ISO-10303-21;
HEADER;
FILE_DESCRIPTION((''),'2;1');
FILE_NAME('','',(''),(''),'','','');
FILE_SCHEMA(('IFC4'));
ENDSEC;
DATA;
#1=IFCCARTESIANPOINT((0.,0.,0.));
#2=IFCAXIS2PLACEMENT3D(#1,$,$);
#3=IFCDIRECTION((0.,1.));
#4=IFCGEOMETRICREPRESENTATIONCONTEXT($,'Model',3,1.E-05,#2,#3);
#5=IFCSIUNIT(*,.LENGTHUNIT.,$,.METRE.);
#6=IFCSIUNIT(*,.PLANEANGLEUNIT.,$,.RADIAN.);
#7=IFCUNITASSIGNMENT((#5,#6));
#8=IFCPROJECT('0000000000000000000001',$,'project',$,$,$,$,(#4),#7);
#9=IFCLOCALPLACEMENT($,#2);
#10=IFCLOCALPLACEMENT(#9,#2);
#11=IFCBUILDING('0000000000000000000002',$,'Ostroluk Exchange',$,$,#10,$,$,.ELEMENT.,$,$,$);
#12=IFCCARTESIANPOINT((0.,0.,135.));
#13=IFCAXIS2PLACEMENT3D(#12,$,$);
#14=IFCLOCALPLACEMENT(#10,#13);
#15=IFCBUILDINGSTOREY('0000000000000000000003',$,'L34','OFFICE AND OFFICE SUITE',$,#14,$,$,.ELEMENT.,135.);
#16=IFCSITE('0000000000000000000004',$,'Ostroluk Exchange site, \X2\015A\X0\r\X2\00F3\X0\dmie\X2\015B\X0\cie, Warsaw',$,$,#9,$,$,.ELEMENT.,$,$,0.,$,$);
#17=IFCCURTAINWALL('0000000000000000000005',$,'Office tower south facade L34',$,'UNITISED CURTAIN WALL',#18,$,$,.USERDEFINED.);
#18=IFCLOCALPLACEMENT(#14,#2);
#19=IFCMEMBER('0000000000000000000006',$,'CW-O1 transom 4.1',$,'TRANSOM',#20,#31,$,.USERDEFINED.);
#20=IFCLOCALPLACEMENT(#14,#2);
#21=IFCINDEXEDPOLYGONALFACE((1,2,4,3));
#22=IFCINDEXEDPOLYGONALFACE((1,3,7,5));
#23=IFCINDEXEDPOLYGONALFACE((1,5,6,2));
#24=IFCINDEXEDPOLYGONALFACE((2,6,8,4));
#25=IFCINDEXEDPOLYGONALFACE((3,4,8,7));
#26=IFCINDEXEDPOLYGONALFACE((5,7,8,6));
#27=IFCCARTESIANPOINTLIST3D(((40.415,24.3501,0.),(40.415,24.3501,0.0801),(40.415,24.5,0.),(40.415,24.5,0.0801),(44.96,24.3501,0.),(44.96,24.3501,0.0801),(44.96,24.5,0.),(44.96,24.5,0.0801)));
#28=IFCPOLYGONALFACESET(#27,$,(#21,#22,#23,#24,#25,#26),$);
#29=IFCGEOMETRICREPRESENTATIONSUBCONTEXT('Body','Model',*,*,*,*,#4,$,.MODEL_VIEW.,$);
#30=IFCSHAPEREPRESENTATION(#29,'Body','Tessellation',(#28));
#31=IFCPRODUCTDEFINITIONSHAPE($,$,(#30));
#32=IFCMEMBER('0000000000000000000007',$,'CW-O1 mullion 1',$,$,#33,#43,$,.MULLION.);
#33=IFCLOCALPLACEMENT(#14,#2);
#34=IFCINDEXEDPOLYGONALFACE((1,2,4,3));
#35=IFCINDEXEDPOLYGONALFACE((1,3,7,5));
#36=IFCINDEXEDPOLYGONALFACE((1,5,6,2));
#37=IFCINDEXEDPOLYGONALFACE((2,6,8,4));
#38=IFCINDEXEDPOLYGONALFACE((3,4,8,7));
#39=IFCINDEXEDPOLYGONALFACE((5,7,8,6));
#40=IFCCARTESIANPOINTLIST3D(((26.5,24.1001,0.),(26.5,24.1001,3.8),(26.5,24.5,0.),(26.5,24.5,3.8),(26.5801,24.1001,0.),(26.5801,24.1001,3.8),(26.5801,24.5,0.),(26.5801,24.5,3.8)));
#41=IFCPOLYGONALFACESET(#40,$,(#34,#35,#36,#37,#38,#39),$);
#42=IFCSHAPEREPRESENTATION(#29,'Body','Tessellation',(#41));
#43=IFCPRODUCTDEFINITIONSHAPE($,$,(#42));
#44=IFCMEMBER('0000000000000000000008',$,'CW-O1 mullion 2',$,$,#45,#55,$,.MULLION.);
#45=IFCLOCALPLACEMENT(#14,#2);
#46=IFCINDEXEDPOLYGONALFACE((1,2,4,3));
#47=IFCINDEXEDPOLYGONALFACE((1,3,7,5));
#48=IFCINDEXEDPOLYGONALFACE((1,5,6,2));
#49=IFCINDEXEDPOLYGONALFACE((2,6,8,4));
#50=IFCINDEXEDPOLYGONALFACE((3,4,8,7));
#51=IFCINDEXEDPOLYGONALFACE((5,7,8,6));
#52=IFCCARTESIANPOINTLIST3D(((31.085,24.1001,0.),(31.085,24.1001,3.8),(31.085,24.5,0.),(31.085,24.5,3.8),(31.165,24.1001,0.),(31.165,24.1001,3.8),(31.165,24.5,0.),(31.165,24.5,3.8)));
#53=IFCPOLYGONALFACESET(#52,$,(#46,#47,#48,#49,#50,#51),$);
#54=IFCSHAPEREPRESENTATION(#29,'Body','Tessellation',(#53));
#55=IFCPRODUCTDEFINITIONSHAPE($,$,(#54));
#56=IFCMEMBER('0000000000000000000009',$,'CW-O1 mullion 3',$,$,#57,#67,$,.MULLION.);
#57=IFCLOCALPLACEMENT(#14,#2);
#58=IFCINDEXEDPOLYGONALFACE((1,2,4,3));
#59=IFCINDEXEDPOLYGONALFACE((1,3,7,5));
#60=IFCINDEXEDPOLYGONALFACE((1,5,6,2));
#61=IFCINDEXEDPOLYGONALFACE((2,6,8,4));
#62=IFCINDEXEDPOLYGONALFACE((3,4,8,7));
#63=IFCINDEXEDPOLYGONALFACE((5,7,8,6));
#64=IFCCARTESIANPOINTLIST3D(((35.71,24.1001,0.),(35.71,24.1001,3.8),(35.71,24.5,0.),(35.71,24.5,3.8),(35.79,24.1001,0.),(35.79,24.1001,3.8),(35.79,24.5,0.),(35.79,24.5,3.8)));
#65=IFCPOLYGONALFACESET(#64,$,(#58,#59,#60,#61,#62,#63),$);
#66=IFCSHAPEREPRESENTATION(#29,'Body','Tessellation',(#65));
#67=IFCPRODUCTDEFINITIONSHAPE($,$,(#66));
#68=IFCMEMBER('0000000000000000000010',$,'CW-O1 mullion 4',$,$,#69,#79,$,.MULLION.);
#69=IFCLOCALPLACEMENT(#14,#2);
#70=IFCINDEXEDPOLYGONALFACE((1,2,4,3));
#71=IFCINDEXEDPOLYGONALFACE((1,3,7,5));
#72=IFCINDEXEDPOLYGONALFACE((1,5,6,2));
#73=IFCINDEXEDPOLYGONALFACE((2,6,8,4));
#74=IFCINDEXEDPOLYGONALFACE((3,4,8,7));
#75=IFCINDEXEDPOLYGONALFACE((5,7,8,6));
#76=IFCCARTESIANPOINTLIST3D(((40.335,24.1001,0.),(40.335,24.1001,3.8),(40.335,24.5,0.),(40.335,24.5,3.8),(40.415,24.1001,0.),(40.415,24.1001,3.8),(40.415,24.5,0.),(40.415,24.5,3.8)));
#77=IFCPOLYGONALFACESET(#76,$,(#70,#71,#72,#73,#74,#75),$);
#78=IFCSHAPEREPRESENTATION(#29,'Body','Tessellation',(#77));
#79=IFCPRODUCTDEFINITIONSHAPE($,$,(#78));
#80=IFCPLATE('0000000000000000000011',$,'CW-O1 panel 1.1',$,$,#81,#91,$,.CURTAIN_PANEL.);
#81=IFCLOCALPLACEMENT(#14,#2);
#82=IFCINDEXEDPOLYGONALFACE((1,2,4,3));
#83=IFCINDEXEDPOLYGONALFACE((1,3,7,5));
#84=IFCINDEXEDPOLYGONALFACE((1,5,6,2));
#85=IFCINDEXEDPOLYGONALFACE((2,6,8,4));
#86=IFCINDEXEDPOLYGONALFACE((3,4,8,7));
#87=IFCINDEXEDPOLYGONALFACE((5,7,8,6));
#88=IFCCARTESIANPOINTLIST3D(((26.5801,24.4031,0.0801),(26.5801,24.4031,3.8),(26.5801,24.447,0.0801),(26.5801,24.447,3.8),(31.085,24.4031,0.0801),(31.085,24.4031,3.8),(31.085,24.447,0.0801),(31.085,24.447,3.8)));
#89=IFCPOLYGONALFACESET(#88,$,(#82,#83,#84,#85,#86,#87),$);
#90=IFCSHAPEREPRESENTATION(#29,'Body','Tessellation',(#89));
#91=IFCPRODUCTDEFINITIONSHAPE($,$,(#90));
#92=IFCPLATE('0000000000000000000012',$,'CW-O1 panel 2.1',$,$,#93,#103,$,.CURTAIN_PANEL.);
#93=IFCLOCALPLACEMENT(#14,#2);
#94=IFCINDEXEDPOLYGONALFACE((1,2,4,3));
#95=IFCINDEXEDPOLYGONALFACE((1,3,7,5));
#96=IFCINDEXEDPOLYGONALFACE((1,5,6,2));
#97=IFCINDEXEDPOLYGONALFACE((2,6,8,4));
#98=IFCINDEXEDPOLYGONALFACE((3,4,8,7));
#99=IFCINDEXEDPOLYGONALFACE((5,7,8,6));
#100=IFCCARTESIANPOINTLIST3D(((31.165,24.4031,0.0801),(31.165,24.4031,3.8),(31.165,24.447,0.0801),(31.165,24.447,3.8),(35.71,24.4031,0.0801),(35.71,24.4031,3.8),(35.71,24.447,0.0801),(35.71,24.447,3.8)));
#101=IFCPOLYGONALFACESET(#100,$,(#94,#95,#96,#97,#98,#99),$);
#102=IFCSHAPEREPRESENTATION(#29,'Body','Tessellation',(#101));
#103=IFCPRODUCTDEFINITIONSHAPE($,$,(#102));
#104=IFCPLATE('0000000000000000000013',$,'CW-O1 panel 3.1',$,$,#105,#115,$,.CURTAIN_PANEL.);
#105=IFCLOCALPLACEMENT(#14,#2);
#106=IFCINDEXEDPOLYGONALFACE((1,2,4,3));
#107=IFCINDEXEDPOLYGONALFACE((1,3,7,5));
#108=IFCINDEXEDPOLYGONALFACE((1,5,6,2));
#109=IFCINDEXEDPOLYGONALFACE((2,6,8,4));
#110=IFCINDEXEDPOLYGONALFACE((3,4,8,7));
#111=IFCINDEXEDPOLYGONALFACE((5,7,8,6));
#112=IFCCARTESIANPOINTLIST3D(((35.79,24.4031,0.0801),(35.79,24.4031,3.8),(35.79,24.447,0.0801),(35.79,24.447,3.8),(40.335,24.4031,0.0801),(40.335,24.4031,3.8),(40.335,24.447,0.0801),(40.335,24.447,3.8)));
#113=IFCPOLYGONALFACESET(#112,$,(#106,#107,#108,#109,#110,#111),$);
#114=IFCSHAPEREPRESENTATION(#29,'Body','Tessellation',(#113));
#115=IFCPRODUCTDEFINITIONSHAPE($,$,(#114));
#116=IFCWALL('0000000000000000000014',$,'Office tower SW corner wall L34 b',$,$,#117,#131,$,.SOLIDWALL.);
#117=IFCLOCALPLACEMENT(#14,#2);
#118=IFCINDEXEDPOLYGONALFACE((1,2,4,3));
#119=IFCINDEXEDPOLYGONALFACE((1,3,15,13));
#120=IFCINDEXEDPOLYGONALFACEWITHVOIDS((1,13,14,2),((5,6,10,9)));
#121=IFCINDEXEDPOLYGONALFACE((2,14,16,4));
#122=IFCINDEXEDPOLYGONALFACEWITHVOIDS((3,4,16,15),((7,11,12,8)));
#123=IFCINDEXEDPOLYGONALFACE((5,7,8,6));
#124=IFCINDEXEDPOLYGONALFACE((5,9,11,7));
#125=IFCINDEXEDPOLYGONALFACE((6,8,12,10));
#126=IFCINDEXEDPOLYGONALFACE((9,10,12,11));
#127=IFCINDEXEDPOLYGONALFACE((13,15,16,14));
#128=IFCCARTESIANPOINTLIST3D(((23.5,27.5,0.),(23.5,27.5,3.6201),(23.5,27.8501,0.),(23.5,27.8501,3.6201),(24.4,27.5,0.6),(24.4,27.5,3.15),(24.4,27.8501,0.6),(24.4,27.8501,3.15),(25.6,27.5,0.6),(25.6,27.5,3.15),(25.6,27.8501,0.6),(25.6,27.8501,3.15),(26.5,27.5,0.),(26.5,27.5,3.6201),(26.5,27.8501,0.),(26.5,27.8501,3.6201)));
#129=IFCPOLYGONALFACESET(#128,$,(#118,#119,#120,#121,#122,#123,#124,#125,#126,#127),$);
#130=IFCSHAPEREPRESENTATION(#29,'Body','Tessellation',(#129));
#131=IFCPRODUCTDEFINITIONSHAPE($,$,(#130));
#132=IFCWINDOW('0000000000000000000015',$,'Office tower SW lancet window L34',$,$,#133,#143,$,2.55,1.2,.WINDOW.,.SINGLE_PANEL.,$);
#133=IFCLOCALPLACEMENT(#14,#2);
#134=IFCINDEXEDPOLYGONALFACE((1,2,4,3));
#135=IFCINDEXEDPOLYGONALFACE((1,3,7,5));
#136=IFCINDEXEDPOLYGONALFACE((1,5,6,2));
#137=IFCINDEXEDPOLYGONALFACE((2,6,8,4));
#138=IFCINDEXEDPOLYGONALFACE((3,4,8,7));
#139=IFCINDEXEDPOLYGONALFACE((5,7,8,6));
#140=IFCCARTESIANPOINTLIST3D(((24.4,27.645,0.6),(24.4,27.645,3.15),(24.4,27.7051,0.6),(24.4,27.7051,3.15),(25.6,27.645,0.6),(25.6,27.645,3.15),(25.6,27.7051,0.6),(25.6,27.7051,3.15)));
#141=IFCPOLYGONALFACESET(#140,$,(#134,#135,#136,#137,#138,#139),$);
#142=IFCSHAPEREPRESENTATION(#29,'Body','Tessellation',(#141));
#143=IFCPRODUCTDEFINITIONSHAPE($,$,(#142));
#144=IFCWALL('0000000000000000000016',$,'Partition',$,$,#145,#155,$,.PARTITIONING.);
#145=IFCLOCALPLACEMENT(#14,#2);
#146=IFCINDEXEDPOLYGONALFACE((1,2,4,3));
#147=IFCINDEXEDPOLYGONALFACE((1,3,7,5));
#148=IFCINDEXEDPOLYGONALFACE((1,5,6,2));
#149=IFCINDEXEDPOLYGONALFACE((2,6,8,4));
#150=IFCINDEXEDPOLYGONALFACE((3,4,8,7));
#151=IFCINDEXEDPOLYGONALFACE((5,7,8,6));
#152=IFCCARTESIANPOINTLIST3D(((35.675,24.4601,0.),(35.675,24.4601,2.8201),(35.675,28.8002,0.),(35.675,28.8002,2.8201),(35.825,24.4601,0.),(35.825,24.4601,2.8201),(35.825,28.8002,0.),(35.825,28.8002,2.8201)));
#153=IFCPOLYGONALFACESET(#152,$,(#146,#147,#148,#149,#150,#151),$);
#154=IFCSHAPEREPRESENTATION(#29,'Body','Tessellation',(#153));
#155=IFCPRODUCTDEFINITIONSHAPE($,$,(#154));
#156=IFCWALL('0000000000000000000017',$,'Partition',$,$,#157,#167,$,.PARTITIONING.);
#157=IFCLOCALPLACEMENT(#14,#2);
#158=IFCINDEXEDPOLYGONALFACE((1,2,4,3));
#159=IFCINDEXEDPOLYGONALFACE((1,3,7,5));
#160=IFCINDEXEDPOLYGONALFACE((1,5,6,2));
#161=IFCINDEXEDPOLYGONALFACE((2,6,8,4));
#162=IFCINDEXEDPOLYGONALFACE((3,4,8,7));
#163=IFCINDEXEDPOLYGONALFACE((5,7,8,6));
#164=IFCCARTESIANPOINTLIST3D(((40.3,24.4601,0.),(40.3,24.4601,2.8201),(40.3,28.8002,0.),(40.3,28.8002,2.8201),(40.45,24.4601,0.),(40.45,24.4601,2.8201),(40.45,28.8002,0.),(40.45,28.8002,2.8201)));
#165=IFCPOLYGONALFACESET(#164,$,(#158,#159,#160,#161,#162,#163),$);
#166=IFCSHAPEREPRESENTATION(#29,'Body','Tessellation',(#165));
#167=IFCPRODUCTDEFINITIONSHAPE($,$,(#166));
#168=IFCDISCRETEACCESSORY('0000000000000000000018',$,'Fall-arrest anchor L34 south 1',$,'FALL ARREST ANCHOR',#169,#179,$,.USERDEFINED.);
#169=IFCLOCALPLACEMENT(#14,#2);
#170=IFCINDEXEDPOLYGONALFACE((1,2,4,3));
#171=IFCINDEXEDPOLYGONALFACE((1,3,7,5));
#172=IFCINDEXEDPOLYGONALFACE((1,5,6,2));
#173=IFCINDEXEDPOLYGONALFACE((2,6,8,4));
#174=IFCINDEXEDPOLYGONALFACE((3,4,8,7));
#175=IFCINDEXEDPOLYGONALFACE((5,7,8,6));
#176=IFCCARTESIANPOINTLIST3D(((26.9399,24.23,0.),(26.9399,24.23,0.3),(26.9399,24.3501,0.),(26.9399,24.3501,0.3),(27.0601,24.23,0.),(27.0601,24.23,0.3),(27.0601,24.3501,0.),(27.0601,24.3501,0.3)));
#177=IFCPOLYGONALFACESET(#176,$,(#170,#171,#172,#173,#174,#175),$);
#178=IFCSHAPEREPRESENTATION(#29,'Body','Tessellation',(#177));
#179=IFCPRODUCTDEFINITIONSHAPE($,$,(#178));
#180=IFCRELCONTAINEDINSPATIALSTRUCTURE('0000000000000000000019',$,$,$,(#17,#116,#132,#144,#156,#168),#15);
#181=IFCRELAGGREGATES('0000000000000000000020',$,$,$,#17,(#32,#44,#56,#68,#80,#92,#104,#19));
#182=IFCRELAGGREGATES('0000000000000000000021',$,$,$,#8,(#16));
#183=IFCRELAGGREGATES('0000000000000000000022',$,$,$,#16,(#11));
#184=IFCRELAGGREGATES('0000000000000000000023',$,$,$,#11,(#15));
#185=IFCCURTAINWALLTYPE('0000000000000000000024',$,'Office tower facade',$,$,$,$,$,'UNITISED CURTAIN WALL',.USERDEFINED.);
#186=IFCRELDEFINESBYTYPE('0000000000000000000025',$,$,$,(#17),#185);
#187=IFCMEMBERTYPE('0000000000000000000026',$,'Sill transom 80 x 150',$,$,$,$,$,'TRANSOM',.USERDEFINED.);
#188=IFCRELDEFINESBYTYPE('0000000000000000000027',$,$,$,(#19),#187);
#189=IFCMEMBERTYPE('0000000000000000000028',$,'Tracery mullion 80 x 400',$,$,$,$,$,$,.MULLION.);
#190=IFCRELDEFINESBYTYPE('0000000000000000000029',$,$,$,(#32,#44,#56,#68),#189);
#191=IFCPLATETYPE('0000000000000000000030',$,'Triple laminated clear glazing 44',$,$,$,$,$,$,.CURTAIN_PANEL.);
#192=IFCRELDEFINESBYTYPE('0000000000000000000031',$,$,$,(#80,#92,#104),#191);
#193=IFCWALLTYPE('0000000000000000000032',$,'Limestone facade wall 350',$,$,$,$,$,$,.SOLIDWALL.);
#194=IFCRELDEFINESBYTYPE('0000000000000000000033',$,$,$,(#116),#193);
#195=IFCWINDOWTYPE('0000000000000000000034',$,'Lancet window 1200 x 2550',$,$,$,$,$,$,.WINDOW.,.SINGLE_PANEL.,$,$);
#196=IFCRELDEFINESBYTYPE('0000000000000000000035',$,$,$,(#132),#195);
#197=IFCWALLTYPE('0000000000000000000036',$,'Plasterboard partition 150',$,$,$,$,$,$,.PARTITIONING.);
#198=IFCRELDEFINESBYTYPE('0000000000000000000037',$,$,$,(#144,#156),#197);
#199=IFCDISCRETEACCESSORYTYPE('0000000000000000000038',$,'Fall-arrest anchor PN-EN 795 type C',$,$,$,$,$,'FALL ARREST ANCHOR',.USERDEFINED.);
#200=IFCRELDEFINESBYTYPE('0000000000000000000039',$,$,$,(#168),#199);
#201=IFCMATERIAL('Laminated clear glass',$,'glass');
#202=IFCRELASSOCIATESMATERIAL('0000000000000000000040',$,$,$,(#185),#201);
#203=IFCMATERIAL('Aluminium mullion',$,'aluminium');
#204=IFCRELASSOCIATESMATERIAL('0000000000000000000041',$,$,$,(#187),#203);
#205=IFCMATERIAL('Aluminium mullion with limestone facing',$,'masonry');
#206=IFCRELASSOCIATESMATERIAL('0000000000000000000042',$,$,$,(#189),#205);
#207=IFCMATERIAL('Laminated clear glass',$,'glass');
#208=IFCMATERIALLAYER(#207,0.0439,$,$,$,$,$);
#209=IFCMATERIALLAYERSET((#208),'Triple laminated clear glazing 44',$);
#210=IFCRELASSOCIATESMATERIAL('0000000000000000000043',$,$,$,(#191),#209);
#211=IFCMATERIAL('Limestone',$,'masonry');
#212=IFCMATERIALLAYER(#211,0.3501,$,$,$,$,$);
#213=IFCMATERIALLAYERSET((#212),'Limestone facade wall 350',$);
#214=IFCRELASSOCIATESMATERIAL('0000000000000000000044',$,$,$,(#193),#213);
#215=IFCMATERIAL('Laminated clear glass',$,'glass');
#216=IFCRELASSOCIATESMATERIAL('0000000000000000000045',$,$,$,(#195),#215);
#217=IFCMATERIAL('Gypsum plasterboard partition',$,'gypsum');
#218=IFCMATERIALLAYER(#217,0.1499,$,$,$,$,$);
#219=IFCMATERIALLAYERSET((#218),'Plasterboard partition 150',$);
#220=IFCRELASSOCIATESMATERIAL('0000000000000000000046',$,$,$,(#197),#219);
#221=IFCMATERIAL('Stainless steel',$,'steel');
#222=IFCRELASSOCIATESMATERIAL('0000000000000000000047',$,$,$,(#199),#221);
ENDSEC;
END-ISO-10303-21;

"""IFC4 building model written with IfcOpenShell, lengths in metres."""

from ifc_helpers import new_model, si_unit, direction, frame, frame_2d, origin, origin_2d, place, context, subcontext, project, spatial, rectangle, extrude, material, layer, layer_set, material_profile, profile_set, type_object, element, fill, aggregate, save


model = new_model("IFC4")

# Units and contexts
model_context = context("Model", 3, precision=1e-05, world=origin(), true_north=direction((0.0, 1.0)))
body_context = subcontext(model_context, "Body", "Model", "MODEL_VIEW")
ifc_project = project(units=[si_unit("LENGTHUNIT", "METRE"), si_unit("PLANEANGLEUNIT", "RADIAN")], contexts=[model_context])

# Site, building, storey
site_placement = place(None, origin())
site = spatial("IfcSite", under=ifc_project, at=site_placement, Name="Ostroluk Exchange site, Śródmieście, Warsaw", CompositionType="ELEMENT", RefElevation=0.0)
building_placement = place(site_placement, origin())
building = spatial("IfcBuilding", under=site, at=building_placement, Name="Ostroluk Exchange", CompositionType="ELEMENT")
storey_placement = place(building_placement, frame((0.0, 0.0, 135.0)))
storey = spatial("IfcBuildingStorey", under=building, at=storey_placement, Name="L34", Description="OFFICE AND OFFICE SUITE", CompositionType="ELEMENT", Elevation=135.0)

# Curtain wall, members, plates
ifc_material_1 = material(Name="Laminated clear glass", Category="glass")
curtain_wall_type = type_object("IfcCurtainWallType", Name="Office tower facade", ElementType="UNITISED CURTAIN WALL", PredefinedType="USERDEFINED", material=ifc_material_1)
curtain_wall_placement = place(storey_placement, origin())
curtain_wall = element("IfcCurtainWall", 1, at=curtain_wall_placement, inside=storey, type_object=curtain_wall_type, Name="Office tower south facade L34", ObjectType="UNITISED CURTAIN WALL", PredefinedType="USERDEFINED")
ifc_material_2 = material(Name="Aluminium mullion", Category="aluminium")
ifc_material_profile_1 = material_profile(ifc_material_2, rectangle(XDim=0.1499, YDim=0.0801, at=origin_2d()), Name="Sill transom 80 x 150")
ifc_profile_set_1 = profile_set([ifc_material_profile_1], Name="Aluminium mullion")
member_type_1 = type_object("IfcMemberType", Name="Sill transom 80 x 150", ElementType="TRANSOM", PredefinedType="USERDEFINED", material=ifc_profile_set_1)
member_1_placement = place(storey_placement, frame((40.415, 24.425, 0.04), z_axis=(1.0, 0.0, 0.0), x_axis=(0.0, 1.0, 0.0)))
member_1 = element("IfcMember", 2, at=member_1_placement, type_object=member_type_1, Name="CW-O1 transom 4.1", ObjectType="TRANSOM", PredefinedType="USERDEFINED", context=body_context, shape_type="SweptSolid", body=[
    extrude(rectangle(XDim=0.1499, YDim=0.0801, at=origin_2d()), origin(), (0.0, 0.0, 1.0), 4.5449),
])
ifc_material_3 = material(Name="Aluminium mullion with limestone facing", Category="masonry")
ifc_material_profile_2 = material_profile(ifc_material_3, rectangle(XDim=0.3999, YDim=0.0801, at=origin_2d()), Name="Tracery mullion 80 x 400")
ifc_profile_set_2 = profile_set([ifc_material_profile_2], Name="Aluminium mullion with limestone facing")
member_type_2 = type_object("IfcMemberType", Name="Tracery mullion 80 x 400", PredefinedType="MULLION", material=ifc_profile_set_2)
member_2_placement = place(storey_placement, frame((26.54, 24.3, 0.0), z_axis=(0.0, 0.0, 1.0), x_axis=(0.0, 1.0, 0.0)))
member_2 = element("IfcMember", 3, at=member_2_placement, type_object=member_type_2, Name="CW-O1 mullion 1", PredefinedType="MULLION", context=body_context, shape_type="SweptSolid", body=[
    extrude(rectangle(XDim=0.3999, YDim=0.0801, at=origin_2d()), origin(), (0.0, 0.0, 1.0), 3.8),
])
member_3_placement = place(storey_placement, frame((31.125, 24.3, 0.0), z_axis=(0.0, 0.0, 1.0), x_axis=(0.0, 1.0, 0.0)))
member_3 = element("IfcMember", 4, at=member_3_placement, type_object=member_type_2, Name="CW-O1 mullion 2", PredefinedType="MULLION", context=body_context, shape_type="SweptSolid", body=[
    extrude(rectangle(XDim=0.3999, YDim=0.0801, at=origin_2d()), origin(), (0.0, 0.0, 1.0), 3.8),
])
member_4_placement = place(storey_placement, frame((35.75, 24.3, 0.0), z_axis=(0.0, 0.0, 1.0), x_axis=(0.0, 1.0, 0.0)))
member_4 = element("IfcMember", 5, at=member_4_placement, type_object=member_type_2, Name="CW-O1 mullion 3", PredefinedType="MULLION", context=body_context, shape_type="SweptSolid", body=[
    extrude(rectangle(XDim=0.3999, YDim=0.0801, at=origin_2d()), origin(), (0.0, 0.0, 1.0), 3.8),
])
member_5_placement = place(storey_placement, frame((40.375, 24.3, 0.0), z_axis=(0.0, 0.0, 1.0), x_axis=(0.0, 1.0, 0.0)))
member_5 = element("IfcMember", 6, at=member_5_placement, type_object=member_type_2, Name="CW-O1 mullion 4", PredefinedType="MULLION", context=body_context, shape_type="SweptSolid", body=[
    extrude(rectangle(XDim=0.3999, YDim=0.0801, at=origin_2d()), origin(), (0.0, 0.0, 1.0), 3.8),
])
ifc_material_4 = material(Name="Laminated clear glass", Category="glass")
ifc_layer_1 = layer(ifc_material_4, 0.0439)
ifc_layer_set_1 = layer_set([ifc_layer_1], Name="Triple laminated clear glazing 44")
plate_type = type_object("IfcPlateType", Name="Triple laminated clear glazing 44", PredefinedType="CURTAIN_PANEL", material=ifc_layer_set_1)
plate_1_placement = place(storey_placement, frame((28.8325, 24.425, 0.0801), z_axis=(0.0, 0.0, 1.0), x_axis=(1.0, 0.0, 0.0)))
plate_1 = element("IfcPlate", 7, at=plate_1_placement, type_object=plate_type, Name="CW-O1 panel 1.1", PredefinedType="CURTAIN_PANEL", context=body_context, shape_type="SweptSolid", body=[
    extrude(rectangle(XDim=4.5049, YDim=0.0439, at=origin_2d()), origin(), (0.0, 0.0, 1.0), 3.72),
])
plate_2_placement = place(storey_placement, frame((33.4375, 24.425, 0.0801), z_axis=(0.0, 0.0, 1.0), x_axis=(1.0, 0.0, 0.0)))
plate_2 = element("IfcPlate", 8, at=plate_2_placement, type_object=plate_type, Name="CW-O1 panel 2.1", PredefinedType="CURTAIN_PANEL", context=body_context, shape_type="SweptSolid", body=[
    extrude(rectangle(XDim=4.5449, YDim=0.0439, at=origin_2d()), origin(), (0.0, 0.0, 1.0), 3.72),
])
plate_3_placement = place(storey_placement, frame((38.0625, 24.425, 0.0801), z_axis=(0.0, 0.0, 1.0), x_axis=(1.0, 0.0, 0.0)))
plate_3 = element("IfcPlate", 9, at=plate_3_placement, type_object=plate_type, Name="CW-O1 panel 3.1", PredefinedType="CURTAIN_PANEL", context=body_context, shape_type="SweptSolid", body=[
    extrude(rectangle(XDim=4.5449, YDim=0.0439, at=origin_2d()), origin(), (0.0, 0.0, 1.0), 3.72),
])
aggregate(curtain_wall, [member_2, member_3, member_4, member_5, plate_1, plate_2, plate_3, member_1])

# Shared definitions
ifc_material_5 = material(Name="Limestone", Category="masonry")
ifc_layer_2 = layer(ifc_material_5, 0.3501)
ifc_layer_set_2 = layer_set([ifc_layer_2], Name="Limestone facade wall 350")
wall_type_1 = type_object("IfcWallType", Name="Limestone facade wall 350", PredefinedType="SOLIDWALL", material=ifc_layer_set_2)

# Wall, opening, window
wall_1_placement = place(storey_placement, frame((26.5, 27.675, 0.0), z_axis=(0.0, 0.0, 1.0), x_axis=(-1.0, 0.0, 0.0)))
wall_1 = element("IfcWall", 10, at=wall_1_placement, inside=storey, type_object=wall_type_1, Name="Office tower SW corner wall L34 b", PredefinedType="SOLIDWALL", context=body_context, shape_type="SweptSolid", body=[
    extrude(rectangle(XDim=3.0, YDim=0.3501, at=frame_2d((1.5, 0.0))), origin(), (0.0, 0.0, 1.0), 3.6201),
])
opening_1_placement = place(wall_1_placement, frame((0.8999, 0.0, 0.6001)))
opening_1 = element("IfcOpeningElement", 11, at=opening_1_placement, cuts=wall_1, PredefinedType="OPENING", context=body_context, shape_type="SweptSolid", body=[
    extrude(rectangle(XDim=1.2, YDim=2.55, at=frame_2d((0.6001, 1.2749))), frame((0.0, 0.1851, 0.0), z_axis=(0.0, -1.0, 0.0), x_axis=(1.0, 0.0, 0.0)), (0.0, 0.0, 1.0), 0.3701),
])
ifc_material_6 = material(Name="Laminated clear glass", Category="glass")
window_type = type_object("IfcWindowType", Name="Lancet window 1200 x 2550", PartitioningType="SINGLE_PANEL", PredefinedType="WINDOW", material=ifc_material_6)
window_placement = place(opening_1_placement, origin())
window = element("IfcWindow", 12, at=window_placement, inside=storey, type_object=window_type, Name="Office tower SW lancet window L34", OverallHeight=2.55, OverallWidth=1.2, PartitioningType="SINGLE_PANEL", PredefinedType="WINDOW", context=body_context, shape_type="SweptSolid", body=[
    extrude(rectangle(XDim=1.2, YDim=2.55, at=frame_2d((0.6001, 1.2749))), frame((0.0, 0.03, 0.0), z_axis=(0.0, -1.0, 0.0), x_axis=(1.0, 0.0, 0.0)), (0.0, 0.0, 1.0), 0.0601),
])
fill(opening_1, window)

# Walls
ifc_material_7 = material(Name="Gypsum plasterboard partition", Category="gypsum")
ifc_layer_3 = layer(ifc_material_7, 0.1499)
ifc_layer_set_3 = layer_set([ifc_layer_3], Name="Plasterboard partition 150")
wall_type_2 = type_object("IfcWallType", Name="Plasterboard partition 150", PredefinedType="PARTITIONING", material=ifc_layer_set_3)
for number, where, z_axis, x_axis, name in (
    (13, (35.75, 28.8, 0.0), (0.0, 0.0, 1.0), (0.0, -1.0, 0.0), "Partition"),
    (14, (40.375, 28.8, 0.0), (0.0, 0.0, 1.0), (0.0, -1.0, 0.0), "Partition"),
):
    element("IfcWall", number, at=place(storey_placement, frame(where, z_axis=z_axis, x_axis=x_axis)), inside=storey, type_object=wall_type_2, Name=name, PredefinedType="PARTITIONING", context=body_context, shape_type="SweptSolid", body=[
        extrude(rectangle(XDim=4.3401, YDim=0.1499, at=frame_2d((2.1699, 0.0))), origin(), (0.0, 0.0, 1.0), 2.8201),
    ])

# Discrete accessory
ifc_material_8 = material(Name="Stainless steel", Category="steel")
discrete_accessory_type = type_object("IfcDiscreteAccessoryType", Name="Fall-arrest anchor PN-EN 795 type C", ElementType="FALL ARREST ANCHOR", PredefinedType="USERDEFINED", material=ifc_material_8)
for number, where, z_axis, x_axis, name in (
    (15, (27.0, 24.29, 0.0), (0.0, 0.0, 1.0), (1.0, 0.0, 0.0), "Fall-arrest anchor L34 south 1"),
):
    element("IfcDiscreteAccessory", number, at=place(storey_placement, frame(where, z_axis=z_axis, x_axis=x_axis)), inside=storey, type_object=discrete_accessory_type, Name=name, ObjectType="FALL ARREST ANCHOR", PredefinedType="USERDEFINED", context=body_context, shape_type="SweptSolid", body=[
        extrude(rectangle(XDim=0.1201, YDim=0.1201, at=origin_2d()), origin(), (0.0, 0.0, 1.0), 0.3),
    ])

save(model, "model.ifc")
